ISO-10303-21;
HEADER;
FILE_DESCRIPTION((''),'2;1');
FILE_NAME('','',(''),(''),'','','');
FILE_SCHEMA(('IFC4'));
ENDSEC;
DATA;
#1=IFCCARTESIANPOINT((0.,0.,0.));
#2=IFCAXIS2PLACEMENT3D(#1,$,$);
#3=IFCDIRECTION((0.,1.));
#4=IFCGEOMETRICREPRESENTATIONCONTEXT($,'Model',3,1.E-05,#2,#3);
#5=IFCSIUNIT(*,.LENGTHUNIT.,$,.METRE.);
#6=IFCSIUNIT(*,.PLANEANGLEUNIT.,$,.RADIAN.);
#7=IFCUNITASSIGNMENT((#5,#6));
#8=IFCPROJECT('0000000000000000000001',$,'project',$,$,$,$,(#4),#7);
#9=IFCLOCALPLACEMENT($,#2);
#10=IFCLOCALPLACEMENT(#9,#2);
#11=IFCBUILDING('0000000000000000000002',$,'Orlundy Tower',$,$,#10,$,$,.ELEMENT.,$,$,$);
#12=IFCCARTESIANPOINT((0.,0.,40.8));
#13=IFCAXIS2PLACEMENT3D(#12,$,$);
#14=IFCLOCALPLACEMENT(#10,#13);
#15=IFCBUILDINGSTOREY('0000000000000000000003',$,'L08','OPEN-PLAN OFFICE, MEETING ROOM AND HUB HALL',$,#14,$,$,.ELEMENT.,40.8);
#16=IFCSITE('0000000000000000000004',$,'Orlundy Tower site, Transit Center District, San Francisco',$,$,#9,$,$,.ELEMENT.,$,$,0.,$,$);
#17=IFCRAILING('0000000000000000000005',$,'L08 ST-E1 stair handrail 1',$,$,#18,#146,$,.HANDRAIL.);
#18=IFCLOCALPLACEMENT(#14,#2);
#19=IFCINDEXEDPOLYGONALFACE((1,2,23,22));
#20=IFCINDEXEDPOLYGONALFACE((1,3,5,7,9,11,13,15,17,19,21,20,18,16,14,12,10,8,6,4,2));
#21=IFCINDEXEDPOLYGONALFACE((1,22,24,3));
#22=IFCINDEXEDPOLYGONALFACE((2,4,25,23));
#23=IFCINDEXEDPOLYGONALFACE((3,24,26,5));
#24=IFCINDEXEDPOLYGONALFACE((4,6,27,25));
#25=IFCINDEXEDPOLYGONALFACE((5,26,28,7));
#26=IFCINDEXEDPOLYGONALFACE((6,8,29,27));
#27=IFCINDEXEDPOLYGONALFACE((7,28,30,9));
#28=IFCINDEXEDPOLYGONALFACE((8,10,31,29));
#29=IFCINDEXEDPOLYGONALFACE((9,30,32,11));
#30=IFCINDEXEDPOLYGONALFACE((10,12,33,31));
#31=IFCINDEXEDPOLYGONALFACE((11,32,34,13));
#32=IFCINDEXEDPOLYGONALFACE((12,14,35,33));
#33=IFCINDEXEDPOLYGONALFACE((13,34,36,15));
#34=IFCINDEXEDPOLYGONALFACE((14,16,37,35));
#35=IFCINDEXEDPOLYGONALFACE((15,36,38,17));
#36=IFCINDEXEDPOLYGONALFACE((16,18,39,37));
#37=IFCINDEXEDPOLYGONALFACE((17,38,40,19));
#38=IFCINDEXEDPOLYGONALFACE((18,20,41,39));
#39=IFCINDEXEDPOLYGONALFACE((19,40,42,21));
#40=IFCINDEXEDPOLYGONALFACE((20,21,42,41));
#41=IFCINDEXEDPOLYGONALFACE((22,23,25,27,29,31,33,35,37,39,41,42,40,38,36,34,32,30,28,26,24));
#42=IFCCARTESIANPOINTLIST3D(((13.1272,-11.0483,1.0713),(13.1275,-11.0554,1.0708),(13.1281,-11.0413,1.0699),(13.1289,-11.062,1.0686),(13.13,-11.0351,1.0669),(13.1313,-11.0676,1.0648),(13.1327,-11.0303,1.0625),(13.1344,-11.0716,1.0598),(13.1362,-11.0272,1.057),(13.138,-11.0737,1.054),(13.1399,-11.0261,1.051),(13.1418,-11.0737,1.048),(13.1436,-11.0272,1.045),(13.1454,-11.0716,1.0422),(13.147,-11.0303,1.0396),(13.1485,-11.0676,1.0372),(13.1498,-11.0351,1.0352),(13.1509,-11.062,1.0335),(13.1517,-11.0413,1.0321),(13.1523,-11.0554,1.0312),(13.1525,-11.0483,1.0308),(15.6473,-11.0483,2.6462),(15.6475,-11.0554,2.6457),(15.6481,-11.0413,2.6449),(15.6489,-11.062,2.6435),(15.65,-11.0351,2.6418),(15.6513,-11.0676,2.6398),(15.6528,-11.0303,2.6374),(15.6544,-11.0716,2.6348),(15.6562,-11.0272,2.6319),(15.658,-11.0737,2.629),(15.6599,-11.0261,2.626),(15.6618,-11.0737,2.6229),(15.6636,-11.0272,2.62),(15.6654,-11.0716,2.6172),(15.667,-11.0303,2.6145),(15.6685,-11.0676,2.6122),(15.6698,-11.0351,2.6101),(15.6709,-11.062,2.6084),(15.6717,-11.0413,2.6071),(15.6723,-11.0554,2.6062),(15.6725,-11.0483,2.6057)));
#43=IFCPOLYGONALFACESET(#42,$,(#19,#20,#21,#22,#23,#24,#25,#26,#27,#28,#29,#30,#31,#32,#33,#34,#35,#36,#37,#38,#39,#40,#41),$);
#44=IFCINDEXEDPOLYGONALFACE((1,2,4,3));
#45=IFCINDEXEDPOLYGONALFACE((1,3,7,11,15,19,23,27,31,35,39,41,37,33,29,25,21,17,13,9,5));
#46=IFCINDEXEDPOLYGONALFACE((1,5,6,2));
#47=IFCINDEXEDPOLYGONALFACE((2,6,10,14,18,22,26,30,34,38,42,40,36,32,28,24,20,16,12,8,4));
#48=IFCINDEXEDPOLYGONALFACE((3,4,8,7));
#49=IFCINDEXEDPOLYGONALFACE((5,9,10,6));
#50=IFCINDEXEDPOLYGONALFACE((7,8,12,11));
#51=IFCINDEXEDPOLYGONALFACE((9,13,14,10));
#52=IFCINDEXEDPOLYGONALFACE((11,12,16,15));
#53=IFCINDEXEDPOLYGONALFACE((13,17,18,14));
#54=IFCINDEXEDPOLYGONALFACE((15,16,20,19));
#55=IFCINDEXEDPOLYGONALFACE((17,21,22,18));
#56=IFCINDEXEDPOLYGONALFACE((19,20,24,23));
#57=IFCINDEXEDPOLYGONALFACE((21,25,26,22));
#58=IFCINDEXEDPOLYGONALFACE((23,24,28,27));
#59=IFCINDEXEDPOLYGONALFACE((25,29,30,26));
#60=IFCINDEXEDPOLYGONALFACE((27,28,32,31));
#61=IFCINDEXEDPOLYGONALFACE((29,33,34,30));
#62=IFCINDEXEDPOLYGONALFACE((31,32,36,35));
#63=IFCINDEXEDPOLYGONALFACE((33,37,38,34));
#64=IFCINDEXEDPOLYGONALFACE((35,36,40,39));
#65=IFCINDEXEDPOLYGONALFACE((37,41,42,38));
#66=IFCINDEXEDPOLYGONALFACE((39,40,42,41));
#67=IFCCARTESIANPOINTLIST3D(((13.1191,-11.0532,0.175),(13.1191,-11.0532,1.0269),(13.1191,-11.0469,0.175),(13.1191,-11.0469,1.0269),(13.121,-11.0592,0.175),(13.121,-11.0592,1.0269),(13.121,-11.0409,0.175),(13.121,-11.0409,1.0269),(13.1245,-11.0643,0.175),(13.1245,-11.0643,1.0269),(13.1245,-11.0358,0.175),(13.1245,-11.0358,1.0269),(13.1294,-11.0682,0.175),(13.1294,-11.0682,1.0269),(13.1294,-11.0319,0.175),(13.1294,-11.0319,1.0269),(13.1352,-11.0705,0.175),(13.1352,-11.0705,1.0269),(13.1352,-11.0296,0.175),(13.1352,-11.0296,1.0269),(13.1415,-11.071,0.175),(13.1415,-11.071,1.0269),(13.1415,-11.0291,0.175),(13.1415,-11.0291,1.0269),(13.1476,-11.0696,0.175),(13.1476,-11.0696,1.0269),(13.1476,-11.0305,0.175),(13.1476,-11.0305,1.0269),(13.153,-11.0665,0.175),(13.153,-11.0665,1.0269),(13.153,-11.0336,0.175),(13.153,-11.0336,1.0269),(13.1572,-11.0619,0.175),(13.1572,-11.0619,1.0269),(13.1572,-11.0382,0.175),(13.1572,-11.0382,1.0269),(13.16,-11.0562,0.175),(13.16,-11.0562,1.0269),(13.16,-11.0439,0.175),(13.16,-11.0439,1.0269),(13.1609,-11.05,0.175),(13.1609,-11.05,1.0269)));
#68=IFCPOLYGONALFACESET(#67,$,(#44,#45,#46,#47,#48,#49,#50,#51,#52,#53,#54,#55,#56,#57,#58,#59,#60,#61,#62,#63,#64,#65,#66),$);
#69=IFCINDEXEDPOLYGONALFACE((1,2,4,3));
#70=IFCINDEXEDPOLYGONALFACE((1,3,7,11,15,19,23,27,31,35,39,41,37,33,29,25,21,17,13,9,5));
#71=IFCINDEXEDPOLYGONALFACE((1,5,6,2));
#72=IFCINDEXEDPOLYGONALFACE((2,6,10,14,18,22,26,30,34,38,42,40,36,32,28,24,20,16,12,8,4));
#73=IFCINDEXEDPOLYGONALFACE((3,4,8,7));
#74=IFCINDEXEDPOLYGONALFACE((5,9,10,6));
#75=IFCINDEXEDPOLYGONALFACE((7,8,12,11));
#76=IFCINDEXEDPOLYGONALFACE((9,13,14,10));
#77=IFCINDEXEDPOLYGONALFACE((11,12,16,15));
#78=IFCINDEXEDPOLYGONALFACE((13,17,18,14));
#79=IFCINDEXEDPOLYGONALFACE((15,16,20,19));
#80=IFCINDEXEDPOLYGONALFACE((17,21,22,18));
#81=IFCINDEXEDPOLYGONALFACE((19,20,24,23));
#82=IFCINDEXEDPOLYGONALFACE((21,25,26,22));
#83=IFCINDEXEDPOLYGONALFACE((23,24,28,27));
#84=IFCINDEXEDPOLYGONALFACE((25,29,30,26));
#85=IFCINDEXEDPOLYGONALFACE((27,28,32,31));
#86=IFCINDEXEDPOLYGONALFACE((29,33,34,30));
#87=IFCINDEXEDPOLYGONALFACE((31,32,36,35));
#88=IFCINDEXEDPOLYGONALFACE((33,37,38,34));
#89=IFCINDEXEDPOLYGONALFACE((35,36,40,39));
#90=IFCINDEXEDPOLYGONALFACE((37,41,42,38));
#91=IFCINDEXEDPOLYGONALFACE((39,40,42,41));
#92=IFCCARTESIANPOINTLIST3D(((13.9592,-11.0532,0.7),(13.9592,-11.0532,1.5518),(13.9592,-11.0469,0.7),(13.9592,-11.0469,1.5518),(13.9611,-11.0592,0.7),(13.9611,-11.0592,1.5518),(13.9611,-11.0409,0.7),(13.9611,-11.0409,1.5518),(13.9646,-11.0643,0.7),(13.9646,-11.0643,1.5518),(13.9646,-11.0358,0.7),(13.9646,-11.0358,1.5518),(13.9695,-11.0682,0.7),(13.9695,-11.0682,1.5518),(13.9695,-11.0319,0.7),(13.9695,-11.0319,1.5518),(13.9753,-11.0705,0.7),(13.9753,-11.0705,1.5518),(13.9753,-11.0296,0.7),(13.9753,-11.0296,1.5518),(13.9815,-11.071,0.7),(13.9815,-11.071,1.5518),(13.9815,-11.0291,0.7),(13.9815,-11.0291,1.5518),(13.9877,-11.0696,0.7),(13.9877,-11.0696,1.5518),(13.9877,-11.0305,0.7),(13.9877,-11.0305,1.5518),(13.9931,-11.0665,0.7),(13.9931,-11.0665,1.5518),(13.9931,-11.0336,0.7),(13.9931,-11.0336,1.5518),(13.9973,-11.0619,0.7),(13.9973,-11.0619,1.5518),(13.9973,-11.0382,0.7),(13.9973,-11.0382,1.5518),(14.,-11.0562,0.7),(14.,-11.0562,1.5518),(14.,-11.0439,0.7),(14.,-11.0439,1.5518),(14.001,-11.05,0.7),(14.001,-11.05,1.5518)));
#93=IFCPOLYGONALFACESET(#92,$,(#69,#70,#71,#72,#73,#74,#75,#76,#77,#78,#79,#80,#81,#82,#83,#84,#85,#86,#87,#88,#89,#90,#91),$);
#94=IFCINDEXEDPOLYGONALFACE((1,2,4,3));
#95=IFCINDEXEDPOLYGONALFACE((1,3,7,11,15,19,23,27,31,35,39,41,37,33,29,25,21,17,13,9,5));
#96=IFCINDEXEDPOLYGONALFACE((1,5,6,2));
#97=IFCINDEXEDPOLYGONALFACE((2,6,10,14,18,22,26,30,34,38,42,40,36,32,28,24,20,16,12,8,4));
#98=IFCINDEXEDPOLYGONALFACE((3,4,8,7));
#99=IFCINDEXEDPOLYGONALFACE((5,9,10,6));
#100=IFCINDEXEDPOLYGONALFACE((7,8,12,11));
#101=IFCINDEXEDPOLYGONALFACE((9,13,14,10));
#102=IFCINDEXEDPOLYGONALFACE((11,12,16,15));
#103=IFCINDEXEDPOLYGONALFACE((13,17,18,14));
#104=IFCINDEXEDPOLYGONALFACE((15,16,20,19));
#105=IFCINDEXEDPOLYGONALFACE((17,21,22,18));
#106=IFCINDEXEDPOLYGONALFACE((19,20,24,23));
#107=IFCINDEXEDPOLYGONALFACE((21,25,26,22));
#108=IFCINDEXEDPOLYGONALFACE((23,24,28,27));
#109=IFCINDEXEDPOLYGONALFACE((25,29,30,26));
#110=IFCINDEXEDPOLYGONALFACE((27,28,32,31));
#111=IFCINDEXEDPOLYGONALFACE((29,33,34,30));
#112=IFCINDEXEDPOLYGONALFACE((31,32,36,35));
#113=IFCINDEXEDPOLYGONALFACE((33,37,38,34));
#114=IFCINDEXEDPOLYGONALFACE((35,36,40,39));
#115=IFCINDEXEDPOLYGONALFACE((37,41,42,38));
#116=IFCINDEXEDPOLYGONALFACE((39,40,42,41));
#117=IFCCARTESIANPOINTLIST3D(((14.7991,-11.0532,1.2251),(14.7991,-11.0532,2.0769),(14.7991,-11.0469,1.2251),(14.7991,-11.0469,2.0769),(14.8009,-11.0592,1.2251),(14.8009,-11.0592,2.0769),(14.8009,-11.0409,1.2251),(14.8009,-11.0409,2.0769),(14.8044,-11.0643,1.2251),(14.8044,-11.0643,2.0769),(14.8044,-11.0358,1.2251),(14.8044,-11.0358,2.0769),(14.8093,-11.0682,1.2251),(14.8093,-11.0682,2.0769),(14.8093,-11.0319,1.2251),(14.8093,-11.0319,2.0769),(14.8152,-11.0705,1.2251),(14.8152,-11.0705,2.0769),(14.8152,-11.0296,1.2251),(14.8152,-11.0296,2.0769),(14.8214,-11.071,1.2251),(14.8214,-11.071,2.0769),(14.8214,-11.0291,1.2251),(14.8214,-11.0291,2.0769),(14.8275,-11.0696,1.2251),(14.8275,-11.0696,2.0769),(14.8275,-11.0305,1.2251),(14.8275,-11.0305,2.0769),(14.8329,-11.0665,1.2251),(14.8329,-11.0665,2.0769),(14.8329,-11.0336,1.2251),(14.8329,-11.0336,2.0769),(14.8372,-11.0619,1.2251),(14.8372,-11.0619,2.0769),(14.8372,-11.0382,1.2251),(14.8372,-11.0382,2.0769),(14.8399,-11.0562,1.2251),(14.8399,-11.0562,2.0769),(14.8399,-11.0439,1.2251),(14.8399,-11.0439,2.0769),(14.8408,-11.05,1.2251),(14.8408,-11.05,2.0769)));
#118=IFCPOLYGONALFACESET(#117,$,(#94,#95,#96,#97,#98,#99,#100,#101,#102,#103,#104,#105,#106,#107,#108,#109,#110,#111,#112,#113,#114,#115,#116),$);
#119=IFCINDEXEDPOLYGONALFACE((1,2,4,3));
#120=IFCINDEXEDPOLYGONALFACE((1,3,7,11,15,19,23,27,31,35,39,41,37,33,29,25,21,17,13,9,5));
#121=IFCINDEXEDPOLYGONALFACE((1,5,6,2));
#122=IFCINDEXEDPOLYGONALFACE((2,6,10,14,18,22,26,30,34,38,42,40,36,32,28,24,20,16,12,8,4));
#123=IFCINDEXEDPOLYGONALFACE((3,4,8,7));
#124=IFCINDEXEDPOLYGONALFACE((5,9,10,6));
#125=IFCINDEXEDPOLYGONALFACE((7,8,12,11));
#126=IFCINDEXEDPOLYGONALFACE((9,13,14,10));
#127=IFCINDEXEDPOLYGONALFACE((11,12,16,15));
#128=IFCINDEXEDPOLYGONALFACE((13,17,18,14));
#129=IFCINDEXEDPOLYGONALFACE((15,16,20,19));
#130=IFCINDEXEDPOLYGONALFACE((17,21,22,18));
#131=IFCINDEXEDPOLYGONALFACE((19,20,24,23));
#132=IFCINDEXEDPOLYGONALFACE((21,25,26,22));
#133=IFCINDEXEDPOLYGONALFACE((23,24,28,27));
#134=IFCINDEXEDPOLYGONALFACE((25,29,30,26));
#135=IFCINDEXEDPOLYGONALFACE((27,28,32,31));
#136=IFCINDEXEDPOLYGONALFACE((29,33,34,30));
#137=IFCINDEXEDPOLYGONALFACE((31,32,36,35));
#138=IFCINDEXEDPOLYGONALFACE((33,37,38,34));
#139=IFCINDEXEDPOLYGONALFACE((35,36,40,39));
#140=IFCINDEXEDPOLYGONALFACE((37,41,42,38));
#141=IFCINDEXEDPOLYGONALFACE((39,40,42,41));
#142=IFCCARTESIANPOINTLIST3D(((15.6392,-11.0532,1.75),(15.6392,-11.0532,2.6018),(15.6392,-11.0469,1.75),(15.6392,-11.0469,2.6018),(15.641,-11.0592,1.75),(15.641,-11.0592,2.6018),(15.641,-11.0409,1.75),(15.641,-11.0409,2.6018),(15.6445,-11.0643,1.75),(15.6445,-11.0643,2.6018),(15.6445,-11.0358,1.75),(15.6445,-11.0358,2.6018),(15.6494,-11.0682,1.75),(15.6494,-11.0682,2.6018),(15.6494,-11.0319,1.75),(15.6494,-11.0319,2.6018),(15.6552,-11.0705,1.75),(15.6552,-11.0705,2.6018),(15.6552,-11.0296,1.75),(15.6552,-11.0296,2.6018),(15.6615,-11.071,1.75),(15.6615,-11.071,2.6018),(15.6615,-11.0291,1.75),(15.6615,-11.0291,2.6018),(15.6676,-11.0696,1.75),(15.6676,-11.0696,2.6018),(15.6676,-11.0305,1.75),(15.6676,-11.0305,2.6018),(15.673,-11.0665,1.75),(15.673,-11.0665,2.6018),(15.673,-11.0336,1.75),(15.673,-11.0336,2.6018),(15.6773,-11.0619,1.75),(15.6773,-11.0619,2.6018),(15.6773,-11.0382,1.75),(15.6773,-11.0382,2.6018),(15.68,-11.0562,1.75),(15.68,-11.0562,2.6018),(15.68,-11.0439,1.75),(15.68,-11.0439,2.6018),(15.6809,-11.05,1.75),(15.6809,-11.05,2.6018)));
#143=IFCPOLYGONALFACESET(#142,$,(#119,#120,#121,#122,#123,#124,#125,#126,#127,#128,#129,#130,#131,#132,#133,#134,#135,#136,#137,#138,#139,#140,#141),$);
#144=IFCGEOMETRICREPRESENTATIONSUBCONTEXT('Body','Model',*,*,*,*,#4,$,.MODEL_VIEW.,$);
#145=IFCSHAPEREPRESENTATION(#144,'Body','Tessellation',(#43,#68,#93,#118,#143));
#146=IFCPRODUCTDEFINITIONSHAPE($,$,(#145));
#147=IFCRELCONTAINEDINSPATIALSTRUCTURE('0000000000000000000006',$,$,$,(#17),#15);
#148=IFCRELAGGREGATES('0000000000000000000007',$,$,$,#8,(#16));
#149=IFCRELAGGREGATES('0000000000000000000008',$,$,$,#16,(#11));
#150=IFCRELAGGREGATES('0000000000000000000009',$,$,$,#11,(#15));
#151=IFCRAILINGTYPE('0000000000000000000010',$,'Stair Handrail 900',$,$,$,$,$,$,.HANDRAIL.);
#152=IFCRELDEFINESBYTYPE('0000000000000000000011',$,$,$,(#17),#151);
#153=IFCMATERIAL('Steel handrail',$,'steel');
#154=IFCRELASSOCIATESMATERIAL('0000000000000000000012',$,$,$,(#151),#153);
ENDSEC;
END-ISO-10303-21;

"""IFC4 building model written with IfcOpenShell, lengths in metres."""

from ifc_helpers import new_model, si_unit, direction, frame, origin, origin_2d, place, context, subcontext, project, spatial, circle, extrude, material, type_object, element, save


model = new_model("IFC4")

# Units and contexts
model_context = context("Model", 3, precision=1e-05, world=origin(), true_north=direction((0.0, 1.0)))
body_context = subcontext(model_context, "Body", "Model", "MODEL_VIEW")
ifc_project = project(units=[si_unit("LENGTHUNIT", "METRE"), si_unit("PLANEANGLEUNIT", "RADIAN")], contexts=[model_context])

# Site, building, storey
site_placement = place(None, origin())
site = spatial("IfcSite", under=ifc_project, at=site_placement, Name="Orlundy Tower site, Transit Center District, San Francisco", CompositionType="ELEMENT", RefElevation=0.0)
building_placement = place(site_placement, origin())
building = spatial("IfcBuilding", under=site, at=building_placement, Name="Orlundy Tower", CompositionType="ELEMENT")
storey_placement = place(building_placement, frame((0.0, 0.0, 40.8)))
storey = spatial("IfcBuildingStorey", under=building, at=storey_placement, Name="L08", Description="OPEN-PLAN OFFICE, MEETING ROOM AND HUB HALL", CompositionType="ELEMENT", Elevation=40.8)

# Railing
ifc_material_1 = material(Name="Steel handrail", Category="steel")
railing_type_1 = type_object("IfcRailingType", Name="Stair Handrail 900", PredefinedType="HANDRAIL", material=ifc_material_1)
railing_1_placement = place(storey_placement, frame((13.1399, -11.05, 0.175)))
element("IfcRailing", 1, at=railing_1_placement, inside=storey, type_object=railing_type_1, Name="L08 ST-E1 stair handrail 1", PredefinedType="HANDRAIL", context=body_context, shape_type="SweptSolid", body=[
    extrude(circle(Radius=0.0239, at=origin_2d()), frame((0.0, 0.0, 0.876), z_axis=(0.848008, 0.0, 0.529984), x_axis=(0.0, 1.0, 0.0)), (0.0, 0.0, 1.0), 2.9717),
    extrude(circle(Radius=0.021, at=origin_2d()), origin(), (0.0, 0.0, 1.0), 0.8518),
    extrude(circle(Radius=0.021, at=origin_2d()), frame((0.8401, 0.0, 0.5249)), (0.0, 0.0, 1.0), 0.8518),
    extrude(circle(Radius=0.021, at=origin_2d()), frame((1.6799, 0.0, 1.05)), (0.0, 0.0, 1.0), 0.8518),
    extrude(circle(Radius=0.021, at=origin_2d()), frame((2.52, 0.0, 1.575)), (0.0, 0.0, 1.0), 0.8518),
])

save(model, "model.ifc")
